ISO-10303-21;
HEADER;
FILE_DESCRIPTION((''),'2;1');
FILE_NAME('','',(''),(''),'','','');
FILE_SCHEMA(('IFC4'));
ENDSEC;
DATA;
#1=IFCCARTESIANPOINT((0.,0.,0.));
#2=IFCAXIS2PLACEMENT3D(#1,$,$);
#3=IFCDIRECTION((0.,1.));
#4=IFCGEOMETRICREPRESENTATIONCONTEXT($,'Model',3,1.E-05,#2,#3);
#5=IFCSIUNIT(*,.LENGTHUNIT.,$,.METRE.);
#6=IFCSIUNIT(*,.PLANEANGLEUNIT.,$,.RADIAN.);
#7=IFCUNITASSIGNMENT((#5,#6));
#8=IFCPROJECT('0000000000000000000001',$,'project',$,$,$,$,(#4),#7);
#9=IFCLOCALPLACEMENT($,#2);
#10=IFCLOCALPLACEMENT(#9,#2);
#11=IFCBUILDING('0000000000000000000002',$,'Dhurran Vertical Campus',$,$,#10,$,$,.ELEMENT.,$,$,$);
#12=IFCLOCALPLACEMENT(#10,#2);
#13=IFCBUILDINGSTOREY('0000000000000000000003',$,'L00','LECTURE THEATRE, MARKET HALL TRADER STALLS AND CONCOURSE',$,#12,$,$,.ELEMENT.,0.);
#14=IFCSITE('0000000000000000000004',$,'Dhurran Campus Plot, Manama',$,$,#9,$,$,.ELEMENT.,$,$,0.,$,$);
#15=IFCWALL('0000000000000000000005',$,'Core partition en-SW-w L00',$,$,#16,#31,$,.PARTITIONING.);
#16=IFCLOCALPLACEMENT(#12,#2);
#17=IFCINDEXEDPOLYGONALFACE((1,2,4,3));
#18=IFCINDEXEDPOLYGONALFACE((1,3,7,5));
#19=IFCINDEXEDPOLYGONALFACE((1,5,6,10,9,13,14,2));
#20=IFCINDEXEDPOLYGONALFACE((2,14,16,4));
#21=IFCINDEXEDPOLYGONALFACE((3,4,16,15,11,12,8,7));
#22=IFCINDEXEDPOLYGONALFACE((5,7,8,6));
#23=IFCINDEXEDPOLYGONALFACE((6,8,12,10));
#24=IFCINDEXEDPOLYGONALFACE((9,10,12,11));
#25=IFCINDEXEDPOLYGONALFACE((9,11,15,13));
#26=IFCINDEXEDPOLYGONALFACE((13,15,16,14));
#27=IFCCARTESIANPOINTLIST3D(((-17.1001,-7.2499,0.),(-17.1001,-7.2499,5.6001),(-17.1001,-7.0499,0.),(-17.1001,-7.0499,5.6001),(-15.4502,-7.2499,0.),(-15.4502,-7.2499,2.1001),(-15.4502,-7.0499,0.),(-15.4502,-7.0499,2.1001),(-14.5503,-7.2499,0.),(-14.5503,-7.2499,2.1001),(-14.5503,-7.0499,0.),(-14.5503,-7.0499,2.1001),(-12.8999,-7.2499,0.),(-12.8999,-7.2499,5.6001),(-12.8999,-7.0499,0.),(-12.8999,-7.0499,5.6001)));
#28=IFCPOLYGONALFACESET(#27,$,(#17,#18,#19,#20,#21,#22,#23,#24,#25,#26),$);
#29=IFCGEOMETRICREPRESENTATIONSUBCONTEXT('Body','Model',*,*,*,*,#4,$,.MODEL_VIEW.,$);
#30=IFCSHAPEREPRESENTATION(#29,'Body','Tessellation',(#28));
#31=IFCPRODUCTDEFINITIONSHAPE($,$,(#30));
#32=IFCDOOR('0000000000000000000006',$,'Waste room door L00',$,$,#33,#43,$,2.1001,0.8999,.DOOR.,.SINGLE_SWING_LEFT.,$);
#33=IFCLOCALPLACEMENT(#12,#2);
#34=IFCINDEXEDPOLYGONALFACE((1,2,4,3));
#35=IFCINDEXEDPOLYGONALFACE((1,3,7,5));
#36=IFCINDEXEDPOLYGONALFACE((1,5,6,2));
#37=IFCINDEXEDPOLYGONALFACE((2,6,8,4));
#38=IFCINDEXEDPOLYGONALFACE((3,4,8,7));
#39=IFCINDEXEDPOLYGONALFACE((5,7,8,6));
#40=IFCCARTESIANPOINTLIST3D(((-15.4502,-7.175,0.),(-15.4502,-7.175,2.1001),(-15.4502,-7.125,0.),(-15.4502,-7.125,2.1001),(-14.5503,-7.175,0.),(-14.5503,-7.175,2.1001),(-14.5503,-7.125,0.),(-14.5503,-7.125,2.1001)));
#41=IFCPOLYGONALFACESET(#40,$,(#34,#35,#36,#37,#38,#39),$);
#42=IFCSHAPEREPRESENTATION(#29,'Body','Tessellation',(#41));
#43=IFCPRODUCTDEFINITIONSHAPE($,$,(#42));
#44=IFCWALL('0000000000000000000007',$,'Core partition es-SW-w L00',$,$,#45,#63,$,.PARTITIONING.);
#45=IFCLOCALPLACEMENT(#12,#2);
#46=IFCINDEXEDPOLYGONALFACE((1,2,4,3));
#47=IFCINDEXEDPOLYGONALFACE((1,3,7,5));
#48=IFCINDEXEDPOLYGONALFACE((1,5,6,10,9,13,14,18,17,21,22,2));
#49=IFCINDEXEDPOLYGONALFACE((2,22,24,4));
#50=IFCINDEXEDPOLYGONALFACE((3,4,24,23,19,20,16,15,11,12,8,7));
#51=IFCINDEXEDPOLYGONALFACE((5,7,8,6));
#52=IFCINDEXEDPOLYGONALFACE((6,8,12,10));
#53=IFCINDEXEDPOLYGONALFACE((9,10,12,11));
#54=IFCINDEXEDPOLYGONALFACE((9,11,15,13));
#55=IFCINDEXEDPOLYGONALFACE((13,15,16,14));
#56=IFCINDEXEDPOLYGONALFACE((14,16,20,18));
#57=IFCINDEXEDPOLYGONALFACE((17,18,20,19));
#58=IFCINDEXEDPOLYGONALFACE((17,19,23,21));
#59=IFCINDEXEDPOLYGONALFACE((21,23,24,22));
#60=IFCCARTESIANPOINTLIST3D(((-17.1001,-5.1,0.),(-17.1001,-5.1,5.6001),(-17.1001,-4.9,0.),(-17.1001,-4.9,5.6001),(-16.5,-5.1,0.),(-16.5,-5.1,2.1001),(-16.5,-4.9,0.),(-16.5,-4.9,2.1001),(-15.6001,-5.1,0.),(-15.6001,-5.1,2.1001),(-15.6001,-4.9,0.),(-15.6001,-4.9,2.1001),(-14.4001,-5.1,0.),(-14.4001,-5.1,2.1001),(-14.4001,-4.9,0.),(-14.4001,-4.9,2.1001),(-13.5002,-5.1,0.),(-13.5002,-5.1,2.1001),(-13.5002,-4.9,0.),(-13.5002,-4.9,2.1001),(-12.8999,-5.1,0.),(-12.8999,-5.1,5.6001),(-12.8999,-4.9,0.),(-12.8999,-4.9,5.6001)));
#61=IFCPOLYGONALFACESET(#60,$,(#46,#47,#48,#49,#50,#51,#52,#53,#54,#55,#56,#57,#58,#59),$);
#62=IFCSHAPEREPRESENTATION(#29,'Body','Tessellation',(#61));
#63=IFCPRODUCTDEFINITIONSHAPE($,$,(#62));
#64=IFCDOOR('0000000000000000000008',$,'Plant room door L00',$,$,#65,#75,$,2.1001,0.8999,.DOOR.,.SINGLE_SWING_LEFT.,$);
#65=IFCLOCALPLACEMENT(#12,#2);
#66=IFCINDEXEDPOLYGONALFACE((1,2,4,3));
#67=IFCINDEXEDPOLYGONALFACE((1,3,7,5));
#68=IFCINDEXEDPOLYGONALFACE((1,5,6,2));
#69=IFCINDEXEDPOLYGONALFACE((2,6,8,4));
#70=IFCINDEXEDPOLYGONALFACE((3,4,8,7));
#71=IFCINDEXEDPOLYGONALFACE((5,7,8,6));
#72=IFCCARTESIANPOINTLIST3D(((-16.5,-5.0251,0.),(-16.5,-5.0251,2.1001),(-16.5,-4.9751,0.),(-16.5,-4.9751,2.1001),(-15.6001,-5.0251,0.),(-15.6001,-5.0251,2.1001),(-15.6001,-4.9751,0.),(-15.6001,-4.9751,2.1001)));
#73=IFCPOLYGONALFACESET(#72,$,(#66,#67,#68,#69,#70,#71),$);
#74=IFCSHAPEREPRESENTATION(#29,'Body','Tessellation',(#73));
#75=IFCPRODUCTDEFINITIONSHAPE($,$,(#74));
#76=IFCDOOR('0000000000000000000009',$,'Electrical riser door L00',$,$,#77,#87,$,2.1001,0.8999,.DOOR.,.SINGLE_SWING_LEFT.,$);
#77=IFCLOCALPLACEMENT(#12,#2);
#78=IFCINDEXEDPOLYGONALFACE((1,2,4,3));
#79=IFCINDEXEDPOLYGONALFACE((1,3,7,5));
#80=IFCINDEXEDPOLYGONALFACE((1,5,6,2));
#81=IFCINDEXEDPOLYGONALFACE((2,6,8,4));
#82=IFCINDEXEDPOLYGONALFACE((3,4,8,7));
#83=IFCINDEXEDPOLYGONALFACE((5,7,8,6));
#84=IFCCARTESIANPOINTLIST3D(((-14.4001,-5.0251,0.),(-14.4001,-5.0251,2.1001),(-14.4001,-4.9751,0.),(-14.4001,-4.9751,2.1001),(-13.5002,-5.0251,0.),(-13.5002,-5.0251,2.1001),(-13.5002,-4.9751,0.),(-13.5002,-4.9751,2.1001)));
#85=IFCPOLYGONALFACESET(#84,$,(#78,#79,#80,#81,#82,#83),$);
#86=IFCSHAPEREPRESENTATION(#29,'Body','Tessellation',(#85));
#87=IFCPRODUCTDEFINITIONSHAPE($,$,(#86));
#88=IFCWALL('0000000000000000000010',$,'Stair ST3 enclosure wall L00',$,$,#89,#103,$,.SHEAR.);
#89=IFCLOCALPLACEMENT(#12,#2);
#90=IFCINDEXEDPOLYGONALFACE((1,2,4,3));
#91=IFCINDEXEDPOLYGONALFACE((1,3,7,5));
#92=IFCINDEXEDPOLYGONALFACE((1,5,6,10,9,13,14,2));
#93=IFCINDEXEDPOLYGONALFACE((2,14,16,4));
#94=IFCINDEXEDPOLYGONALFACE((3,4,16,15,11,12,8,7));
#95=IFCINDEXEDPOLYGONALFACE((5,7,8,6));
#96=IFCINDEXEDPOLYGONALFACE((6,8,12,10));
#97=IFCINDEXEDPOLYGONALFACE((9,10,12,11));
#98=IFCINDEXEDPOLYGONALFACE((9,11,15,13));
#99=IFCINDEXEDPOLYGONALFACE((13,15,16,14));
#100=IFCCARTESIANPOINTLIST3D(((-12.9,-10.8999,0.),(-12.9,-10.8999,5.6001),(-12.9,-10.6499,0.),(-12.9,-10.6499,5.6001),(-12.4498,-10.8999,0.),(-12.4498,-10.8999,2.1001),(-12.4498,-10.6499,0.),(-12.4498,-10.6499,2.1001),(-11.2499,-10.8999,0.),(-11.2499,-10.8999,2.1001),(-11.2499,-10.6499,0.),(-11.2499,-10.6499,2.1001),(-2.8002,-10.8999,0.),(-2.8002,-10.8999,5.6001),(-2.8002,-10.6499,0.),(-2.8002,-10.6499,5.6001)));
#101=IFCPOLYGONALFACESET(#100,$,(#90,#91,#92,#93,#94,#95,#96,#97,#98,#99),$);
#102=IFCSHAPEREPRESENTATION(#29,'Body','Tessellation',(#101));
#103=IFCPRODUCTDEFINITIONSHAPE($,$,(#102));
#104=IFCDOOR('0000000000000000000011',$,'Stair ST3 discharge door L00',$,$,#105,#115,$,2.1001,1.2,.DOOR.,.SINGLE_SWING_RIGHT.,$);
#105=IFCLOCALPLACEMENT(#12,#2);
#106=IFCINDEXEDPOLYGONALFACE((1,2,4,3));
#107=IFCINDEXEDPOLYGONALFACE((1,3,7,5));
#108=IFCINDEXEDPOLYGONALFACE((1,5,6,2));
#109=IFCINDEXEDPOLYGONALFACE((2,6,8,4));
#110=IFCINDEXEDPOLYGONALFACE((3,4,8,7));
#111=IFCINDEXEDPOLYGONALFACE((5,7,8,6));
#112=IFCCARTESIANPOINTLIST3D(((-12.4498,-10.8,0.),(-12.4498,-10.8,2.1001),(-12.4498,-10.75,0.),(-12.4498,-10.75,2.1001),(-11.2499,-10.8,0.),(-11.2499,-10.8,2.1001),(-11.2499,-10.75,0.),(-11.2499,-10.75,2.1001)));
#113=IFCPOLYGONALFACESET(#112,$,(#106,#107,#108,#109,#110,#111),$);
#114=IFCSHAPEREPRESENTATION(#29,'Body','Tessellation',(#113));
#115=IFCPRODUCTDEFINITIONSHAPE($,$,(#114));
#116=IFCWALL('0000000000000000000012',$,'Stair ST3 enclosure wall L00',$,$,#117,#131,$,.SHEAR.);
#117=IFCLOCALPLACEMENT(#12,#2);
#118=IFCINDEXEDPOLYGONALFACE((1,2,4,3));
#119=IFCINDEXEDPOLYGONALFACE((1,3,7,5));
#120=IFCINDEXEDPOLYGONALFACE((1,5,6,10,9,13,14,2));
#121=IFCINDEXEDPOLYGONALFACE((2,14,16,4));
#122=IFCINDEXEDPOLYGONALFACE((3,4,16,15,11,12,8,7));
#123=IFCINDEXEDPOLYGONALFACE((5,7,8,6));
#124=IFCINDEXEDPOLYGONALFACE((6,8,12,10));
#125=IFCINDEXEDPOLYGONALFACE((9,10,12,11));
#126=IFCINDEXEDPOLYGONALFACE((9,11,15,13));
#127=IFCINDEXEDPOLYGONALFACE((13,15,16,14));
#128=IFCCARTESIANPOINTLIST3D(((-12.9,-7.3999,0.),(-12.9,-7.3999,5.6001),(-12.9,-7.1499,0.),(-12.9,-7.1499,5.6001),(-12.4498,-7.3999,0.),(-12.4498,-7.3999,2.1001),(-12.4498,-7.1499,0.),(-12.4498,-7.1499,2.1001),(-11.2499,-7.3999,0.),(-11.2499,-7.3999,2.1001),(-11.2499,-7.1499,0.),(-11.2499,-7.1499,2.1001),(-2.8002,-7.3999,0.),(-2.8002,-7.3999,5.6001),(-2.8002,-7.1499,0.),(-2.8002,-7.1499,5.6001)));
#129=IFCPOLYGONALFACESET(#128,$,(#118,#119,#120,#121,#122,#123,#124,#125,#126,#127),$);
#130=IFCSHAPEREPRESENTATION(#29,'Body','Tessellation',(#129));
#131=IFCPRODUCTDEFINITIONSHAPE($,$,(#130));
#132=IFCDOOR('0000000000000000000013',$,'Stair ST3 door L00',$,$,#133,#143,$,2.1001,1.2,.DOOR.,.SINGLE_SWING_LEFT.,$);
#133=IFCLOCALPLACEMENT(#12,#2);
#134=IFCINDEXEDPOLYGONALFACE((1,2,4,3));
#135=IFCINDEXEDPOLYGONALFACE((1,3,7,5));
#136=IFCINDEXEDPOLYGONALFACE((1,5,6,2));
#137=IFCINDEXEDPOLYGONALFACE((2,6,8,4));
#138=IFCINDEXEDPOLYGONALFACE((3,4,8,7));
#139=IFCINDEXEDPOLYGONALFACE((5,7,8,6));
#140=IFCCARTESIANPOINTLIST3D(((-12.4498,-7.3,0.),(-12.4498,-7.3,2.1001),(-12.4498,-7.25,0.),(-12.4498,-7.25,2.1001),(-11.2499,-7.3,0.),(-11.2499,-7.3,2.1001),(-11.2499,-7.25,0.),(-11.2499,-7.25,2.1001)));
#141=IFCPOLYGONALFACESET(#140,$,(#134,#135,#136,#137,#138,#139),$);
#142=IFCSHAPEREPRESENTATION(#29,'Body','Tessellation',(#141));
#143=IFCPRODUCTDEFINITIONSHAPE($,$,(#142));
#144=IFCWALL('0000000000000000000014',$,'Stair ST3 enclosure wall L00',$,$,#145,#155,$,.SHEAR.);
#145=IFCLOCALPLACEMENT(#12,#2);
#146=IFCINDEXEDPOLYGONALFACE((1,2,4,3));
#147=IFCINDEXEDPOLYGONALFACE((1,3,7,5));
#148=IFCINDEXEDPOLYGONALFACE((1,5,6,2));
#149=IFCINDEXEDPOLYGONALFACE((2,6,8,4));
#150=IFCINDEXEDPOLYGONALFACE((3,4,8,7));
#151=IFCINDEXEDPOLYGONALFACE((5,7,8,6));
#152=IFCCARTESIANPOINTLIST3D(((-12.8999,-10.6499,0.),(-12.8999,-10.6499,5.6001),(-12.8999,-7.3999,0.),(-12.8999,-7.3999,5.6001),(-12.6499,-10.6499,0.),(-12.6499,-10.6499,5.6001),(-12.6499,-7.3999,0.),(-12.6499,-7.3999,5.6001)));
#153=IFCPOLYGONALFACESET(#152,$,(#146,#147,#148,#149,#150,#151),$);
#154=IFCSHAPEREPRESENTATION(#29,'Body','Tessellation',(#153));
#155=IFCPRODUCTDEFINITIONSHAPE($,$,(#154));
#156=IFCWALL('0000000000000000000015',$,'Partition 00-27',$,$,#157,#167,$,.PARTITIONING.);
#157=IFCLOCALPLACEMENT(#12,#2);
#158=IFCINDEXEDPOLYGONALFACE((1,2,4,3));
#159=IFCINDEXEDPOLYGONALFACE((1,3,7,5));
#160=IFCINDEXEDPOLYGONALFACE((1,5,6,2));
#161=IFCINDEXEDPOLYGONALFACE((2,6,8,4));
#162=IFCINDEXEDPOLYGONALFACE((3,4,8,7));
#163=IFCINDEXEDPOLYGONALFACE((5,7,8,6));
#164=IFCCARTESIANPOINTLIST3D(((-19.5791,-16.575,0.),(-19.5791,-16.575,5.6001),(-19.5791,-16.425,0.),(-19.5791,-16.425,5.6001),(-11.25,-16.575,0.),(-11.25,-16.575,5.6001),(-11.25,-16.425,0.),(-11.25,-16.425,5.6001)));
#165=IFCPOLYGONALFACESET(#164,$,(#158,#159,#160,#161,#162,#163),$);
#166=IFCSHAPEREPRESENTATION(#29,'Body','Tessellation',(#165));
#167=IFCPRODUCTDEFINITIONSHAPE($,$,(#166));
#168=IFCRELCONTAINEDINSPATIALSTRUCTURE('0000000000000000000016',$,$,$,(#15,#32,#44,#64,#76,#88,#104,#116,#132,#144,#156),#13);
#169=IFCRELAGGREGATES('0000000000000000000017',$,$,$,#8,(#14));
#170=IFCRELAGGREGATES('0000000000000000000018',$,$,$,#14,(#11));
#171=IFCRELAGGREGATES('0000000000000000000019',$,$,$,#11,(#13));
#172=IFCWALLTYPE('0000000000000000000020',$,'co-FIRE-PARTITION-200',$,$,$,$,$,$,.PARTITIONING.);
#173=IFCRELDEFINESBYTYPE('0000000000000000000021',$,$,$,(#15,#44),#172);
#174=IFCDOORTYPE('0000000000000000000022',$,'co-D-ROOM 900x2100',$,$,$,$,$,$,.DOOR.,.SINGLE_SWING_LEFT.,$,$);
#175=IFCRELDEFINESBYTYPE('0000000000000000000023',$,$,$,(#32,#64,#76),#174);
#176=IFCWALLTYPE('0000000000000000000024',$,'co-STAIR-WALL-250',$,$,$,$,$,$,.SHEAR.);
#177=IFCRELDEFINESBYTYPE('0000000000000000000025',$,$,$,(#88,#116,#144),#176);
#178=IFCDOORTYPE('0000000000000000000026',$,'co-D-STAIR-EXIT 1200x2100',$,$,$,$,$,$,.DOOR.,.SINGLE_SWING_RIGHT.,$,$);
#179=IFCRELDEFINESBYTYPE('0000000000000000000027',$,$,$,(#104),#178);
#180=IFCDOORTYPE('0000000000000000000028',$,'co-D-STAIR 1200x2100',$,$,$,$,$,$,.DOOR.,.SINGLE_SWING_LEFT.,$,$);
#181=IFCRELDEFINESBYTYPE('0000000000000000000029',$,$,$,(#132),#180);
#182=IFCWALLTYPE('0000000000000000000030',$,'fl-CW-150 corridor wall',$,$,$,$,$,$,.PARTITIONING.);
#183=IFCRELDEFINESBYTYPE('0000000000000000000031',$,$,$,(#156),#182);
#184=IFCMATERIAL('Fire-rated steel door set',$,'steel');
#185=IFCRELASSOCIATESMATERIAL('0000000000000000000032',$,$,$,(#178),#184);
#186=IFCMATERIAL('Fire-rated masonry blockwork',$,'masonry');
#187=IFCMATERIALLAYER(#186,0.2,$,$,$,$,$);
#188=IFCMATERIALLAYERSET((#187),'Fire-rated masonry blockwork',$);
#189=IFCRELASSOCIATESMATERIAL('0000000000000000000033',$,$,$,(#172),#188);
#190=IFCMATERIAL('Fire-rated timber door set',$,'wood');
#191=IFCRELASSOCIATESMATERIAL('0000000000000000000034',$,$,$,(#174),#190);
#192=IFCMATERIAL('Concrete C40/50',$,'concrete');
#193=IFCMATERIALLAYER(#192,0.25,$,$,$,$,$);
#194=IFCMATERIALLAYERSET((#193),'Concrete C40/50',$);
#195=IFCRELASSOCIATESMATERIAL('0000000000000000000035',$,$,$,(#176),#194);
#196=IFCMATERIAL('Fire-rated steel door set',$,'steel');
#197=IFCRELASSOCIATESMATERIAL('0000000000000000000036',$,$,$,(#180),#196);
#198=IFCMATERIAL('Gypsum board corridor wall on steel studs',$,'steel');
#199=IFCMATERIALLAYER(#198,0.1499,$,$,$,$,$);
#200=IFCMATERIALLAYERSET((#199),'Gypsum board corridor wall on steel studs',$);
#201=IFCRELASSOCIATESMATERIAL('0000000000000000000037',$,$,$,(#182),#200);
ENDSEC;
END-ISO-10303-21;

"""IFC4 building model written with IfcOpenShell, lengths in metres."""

from ifc_helpers import new_model, si_unit, direction, frame, frame_2d, origin, place, context, subcontext, project, spatial, rectangle, extrude, material, layer, layer_set, type_object, element, fill, save


model = new_model("IFC4")

# Units and contexts
model_context = context("Model", 3, precision=1e-05, world=origin(), true_north=direction((0.0, 1.0)))
body_context = subcontext(model_context, "Body", "Model", "MODEL_VIEW")
ifc_project = project(units=[si_unit("LENGTHUNIT", "METRE"), si_unit("PLANEANGLEUNIT", "RADIAN")], contexts=[model_context])

# Site, building, storey
site_placement = place(None, origin())
site = spatial("IfcSite", under=ifc_project, at=site_placement, Name="Dhurran Campus Plot, Manama", CompositionType="ELEMENT", RefElevation=0.0)
building_placement = place(site_placement, origin())
building = spatial("IfcBuilding", under=site, at=building_placement, Name="Dhurran Vertical Campus", CompositionType="ELEMENT")
storey_placement = place(building_placement, origin())
storey = spatial("IfcBuildingStorey", under=building, at=storey_placement, Name="L00", Description="LECTURE THEATRE, MARKET HALL TRADER STALLS AND CONCOURSE", CompositionType="ELEMENT", Elevation=0.0)

# Shared definitions
ifc_material_1 = material(Name="Fire-rated steel door set", Category="steel")
door_type_1 = type_object("IfcDoorType", Name="co-D-STAIR-EXIT 1200x2100", OperationType="SINGLE_SWING_RIGHT", PredefinedType="DOOR", material=ifc_material_1)

# Shared definitions
ifc_material_2 = material(Name="Fire-rated masonry blockwork", Category="masonry")
ifc_layer_1 = layer(ifc_material_2, 0.2)
ifc_layer_set_1 = layer_set([ifc_layer_1], Name="Fire-rated masonry blockwork")
wall_type_1 = type_object("IfcWallType", Name="co-FIRE-PARTITION-200", PredefinedType="PARTITIONING", material=ifc_layer_set_1)

# Wall, opening, door
wall_1_placement = place(storey_placement, frame((-17.1001, -7.1499, 0.0), z_axis=(0.0, 0.0, 1.0), x_axis=(1.0, 0.0, 0.0)))
wall_1 = element("IfcWall", 1, at=wall_1_placement, inside=storey, type_object=wall_type_1, Name="Core partition en-SW-w L00", PredefinedType="PARTITIONING", context=body_context, shape_type="SweptSolid", body=[
    extrude(rectangle(XDim=4.2002, YDim=0.2, at=frame_2d((2.1001, 0.0))), origin(), (0.0, 0.0, 1.0), 5.6001),
])
opening_1_placement = place(wall_1_placement, frame((1.6499, 0.0, 0.0)))
opening_1 = element("IfcOpeningElement", 2, at=opening_1_placement, cuts=wall_1, PredefinedType="OPENING", context=body_context, shape_type="SweptSolid", body=[
    extrude(rectangle(XDim=0.8999, YDim=2.1001, at=frame_2d((0.45, 1.05))), frame((0.0, 0.1099, 0.0), z_axis=(0.0, -1.0, 0.0), x_axis=(1.0, 0.0, 0.0)), (0.0, 0.0, 1.0), 0.22),
])
ifc_material_3 = material(Name="Fire-rated timber door set", Category="wood")
door_type_2 = type_object("IfcDoorType", Name="co-D-ROOM 900x2100", OperationType="SINGLE_SWING_LEFT", PredefinedType="DOOR", material=ifc_material_3)
door_1_placement = place(opening_1_placement, origin())
door_1 = element("IfcDoor", 3, at=door_1_placement, inside=storey, type_object=door_type_2, Name="Waste room door L00", OperationType="SINGLE_SWING_LEFT", OverallHeight=2.1001, OverallWidth=0.8999, PredefinedType="DOOR", context=body_context, shape_type="SweptSolid", body=[
    extrude(rectangle(XDim=0.8999, YDim=2.1001, at=frame_2d((0.45, 1.05))), frame((0.0, 0.0249, 0.0), z_axis=(0.0, -1.0, 0.0), x_axis=(1.0, 0.0, 0.0)), (0.0, 0.0, 1.0), 0.05),
])
fill(opening_1, door_1)

# Wall, openings, doors
wall_2_placement = place(storey_placement, frame((-17.1001, -5.0, 0.0), z_axis=(0.0, 0.0, 1.0), x_axis=(1.0, 0.0, 0.0)))
wall_2 = element("IfcWall", 4, at=wall_2_placement, inside=storey, type_object=wall_type_1, Name="Core partition es-SW-w L00", PredefinedType="PARTITIONING", context=body_context, shape_type="SweptSolid", body=[
    extrude(rectangle(XDim=4.2002, YDim=0.2, at=frame_2d((2.1001, 0.0))), origin(), (0.0, 0.0, 1.0), 5.6001),
])
opening_2_placement = place(wall_2_placement, frame((0.6001, 0.0, 0.0)))
opening_2 = element("IfcOpeningElement", 5, at=opening_2_placement, cuts=wall_2, PredefinedType="OPENING", context=body_context, shape_type="SweptSolid", body=[
    extrude(rectangle(XDim=0.8999, YDim=2.1001, at=frame_2d((0.45, 1.05))), frame((0.0, 0.1099, 0.0), z_axis=(0.0, -1.0, 0.0), x_axis=(1.0, 0.0, 0.0)), (0.0, 0.0, 1.0), 0.22),
])
opening_3_placement = place(wall_2_placement, frame((2.7, 0.0, 0.0)))
opening_3 = element("IfcOpeningElement", 6, at=opening_3_placement, cuts=wall_2, PredefinedType="OPENING", context=body_context, shape_type="SweptSolid", body=[
    extrude(rectangle(XDim=0.8999, YDim=2.1001, at=frame_2d((0.45, 1.05))), frame((0.0, 0.1099, 0.0), z_axis=(0.0, -1.0, 0.0), x_axis=(1.0, 0.0, 0.0)), (0.0, 0.0, 1.0), 0.22),
])
door_2_placement = place(opening_2_placement, origin())
door_2 = element("IfcDoor", 7, at=door_2_placement, inside=storey, type_object=door_type_2, Name="Plant room door L00", OperationType="SINGLE_SWING_LEFT", OverallHeight=2.1001, OverallWidth=0.8999, PredefinedType="DOOR", context=body_context, shape_type="SweptSolid", body=[
    extrude(rectangle(XDim=0.8999, YDim=2.1001, at=frame_2d((0.45, 1.05))), frame((0.0, 0.0249, 0.0), z_axis=(0.0, -1.0, 0.0), x_axis=(1.0, 0.0, 0.0)), (0.0, 0.0, 1.0), 0.05),
])
fill(opening_2, door_2)
door_3_placement = place(opening_3_placement, origin())
door_3 = element("IfcDoor", 8, at=door_3_placement, inside=storey, type_object=door_type_2, Name="Electrical riser door L00", OperationType="SINGLE_SWING_LEFT", OverallHeight=2.1001, OverallWidth=0.8999, PredefinedType="DOOR", context=body_context, shape_type="SweptSolid", body=[
    extrude(rectangle(XDim=0.8999, YDim=2.1001, at=frame_2d((0.45, 1.05))), frame((0.0, 0.0249, 0.0), z_axis=(0.0, -1.0, 0.0), x_axis=(1.0, 0.0, 0.0)), (0.0, 0.0, 1.0), 0.05),
])
fill(opening_3, door_3)

# Walls, openings, doors
ifc_material_4 = material(Name="Concrete C40/50", Category="concrete")
ifc_layer_2 = layer(ifc_material_4, 0.25)
ifc_layer_set_2 = layer_set([ifc_layer_2], Name="Concrete C40/50")
wall_type_2 = type_object("IfcWallType", Name="co-STAIR-WALL-250", PredefinedType="SHEAR", material=ifc_layer_set_2)
wall_3_placement = place(storey_placement, frame((-12.8999, -10.7749, 0.0), z_axis=(0.0, 0.0, 1.0), x_axis=(1.0, 0.0, 0.0)))
wall_3 = element("IfcWall", 9, at=wall_3_placement, inside=storey, type_object=wall_type_2, Name="Stair ST3 enclosure wall L00", PredefinedType="SHEAR", context=body_context, shape_type="SweptSolid", body=[
    extrude(rectangle(XDim=10.0999, YDim=0.25, at=frame_2d((5.0498, 0.0))), origin(), (0.0, 0.0, 1.0), 5.6001),
])
opening_4_placement = place(wall_3_placement, frame((0.45, 0.0, 0.0)))
opening_4 = element("IfcOpeningElement", 10, at=opening_4_placement, cuts=wall_3, PredefinedType="OPENING", context=body_context, shape_type="SweptSolid", body=[
    extrude(rectangle(XDim=1.2, YDim=2.1001, at=frame_2d((0.6001, 1.05))), frame((0.0, 0.135, 0.0), z_axis=(0.0, -1.0, 0.0), x_axis=(1.0, 0.0, 0.0)), (0.0, 0.0, 1.0), 0.27),
])
door_4_placement = place(opening_4_placement, origin())
door_4 = element("IfcDoor", 11, at=door_4_placement, inside=storey, type_object=door_type_1, Name="Stair ST3 discharge door L00", OperationType="SINGLE_SWING_RIGHT", OverallHeight=2.1001, OverallWidth=1.2, PredefinedType="DOOR", context=body_context, shape_type="SweptSolid", body=[
    extrude(rectangle(XDim=1.2, YDim=2.1001, at=frame_2d((0.6001, 1.05))), frame((0.0, 0.0249, 0.0), z_axis=(0.0, -1.0, 0.0), x_axis=(1.0, 0.0, 0.0)), (0.0, 0.0, 1.0), 0.05),
])
fill(opening_4, door_4)
wall_4_placement = place(storey_placement, frame((-12.8999, -7.2749, 0.0), z_axis=(0.0, 0.0, 1.0), x_axis=(1.0, 0.0, 0.0)))
wall_4 = element("IfcWall", 12, at=wall_4_placement, inside=storey, type_object=wall_type_2, Name="Stair ST3 enclosure wall L00", PredefinedType="SHEAR", context=body_context, shape_type="SweptSolid", body=[
    extrude(rectangle(XDim=10.0999, YDim=0.25, at=frame_2d((5.0498, 0.0))), origin(), (0.0, 0.0, 1.0), 5.6001),
])
opening_5_placement = place(wall_4_placement, frame((0.45, 0.0, 0.0)))
opening_5 = element("IfcOpeningElement", 13, at=opening_5_placement, cuts=wall_4, PredefinedType="OPENING", context=body_context, shape_type="SweptSolid", body=[
    extrude(rectangle(XDim=1.2, YDim=2.1001, at=frame_2d((0.6001, 1.05))), frame((0.0, 0.135, 0.0), z_axis=(0.0, -1.0, 0.0), x_axis=(1.0, 0.0, 0.0)), (0.0, 0.0, 1.0), 0.27),
])
ifc_material_5 = material(Name="Fire-rated steel door set", Category="steel")
door_type_3 = type_object("IfcDoorType", Name="co-D-STAIR 1200x2100", OperationType="SINGLE_SWING_LEFT", PredefinedType="DOOR", material=ifc_material_5)
door_5_placement = place(opening_5_placement, origin())
door_5 = element("IfcDoor", 14, at=door_5_placement, inside=storey, type_object=door_type_3, Name="Stair ST3 door L00", OperationType="SINGLE_SWING_LEFT", OverallHeight=2.1001, OverallWidth=1.2, PredefinedType="DOOR", context=body_context, shape_type="SweptSolid", body=[
    extrude(rectangle(XDim=1.2, YDim=2.1001, at=frame_2d((0.6001, 1.05))), frame((0.0, 0.0249, 0.0), z_axis=(0.0, -1.0, 0.0), x_axis=(1.0, 0.0, 0.0)), (0.0, 0.0, 1.0), 0.05),
])
fill(opening_5, door_5)

# Walls
wall_5_placement = place(storey_placement, frame((-12.7749, -10.6499, 0.0), z_axis=(0.0, 0.0, 1.0), x_axis=(0.0, 1.0, 0.0)))
element("IfcWall", 15, at=wall_5_placement, inside=storey, type_object=wall_type_2, Name="Stair ST3 enclosure wall L00", PredefinedType="SHEAR", context=body_context, shape_type="SweptSolid", body=[
    extrude(rectangle(XDim=3.25, YDim=0.25, at=frame_2d((1.625, 0.0))), origin(), (0.0, 0.0, 1.0), 5.6001),
])
ifc_material_6 = material(Name="Gypsum board corridor wall on steel studs", Category="steel")
ifc_layer_3 = layer(ifc_material_6, 0.1499)
ifc_layer_set_3 = layer_set([ifc_layer_3], Name="Gypsum board corridor wall on steel studs")
wall_type_3 = type_object("IfcWallType", Name="fl-CW-150 corridor wall", PredefinedType="PARTITIONING", material=ifc_layer_set_3)
wall_6_placement = place(storey_placement, frame((-19.5791, -16.5, 0.0), z_axis=(0.0, 0.0, 1.0), x_axis=(1.0, 0.0, 0.0)))
element("IfcWall", 16, at=wall_6_placement, inside=storey, type_object=wall_type_3, Name="Partition 00-27", PredefinedType="PARTITIONING", context=body_context, shape_type="SweptSolid", body=[
    extrude(rectangle(XDim=8.3291, YDim=0.1499, at=frame_2d((4.1646, 0.0))), origin(), (0.0, 0.0, 1.0), 5.6001),
])

save(model, "model.ifc")
